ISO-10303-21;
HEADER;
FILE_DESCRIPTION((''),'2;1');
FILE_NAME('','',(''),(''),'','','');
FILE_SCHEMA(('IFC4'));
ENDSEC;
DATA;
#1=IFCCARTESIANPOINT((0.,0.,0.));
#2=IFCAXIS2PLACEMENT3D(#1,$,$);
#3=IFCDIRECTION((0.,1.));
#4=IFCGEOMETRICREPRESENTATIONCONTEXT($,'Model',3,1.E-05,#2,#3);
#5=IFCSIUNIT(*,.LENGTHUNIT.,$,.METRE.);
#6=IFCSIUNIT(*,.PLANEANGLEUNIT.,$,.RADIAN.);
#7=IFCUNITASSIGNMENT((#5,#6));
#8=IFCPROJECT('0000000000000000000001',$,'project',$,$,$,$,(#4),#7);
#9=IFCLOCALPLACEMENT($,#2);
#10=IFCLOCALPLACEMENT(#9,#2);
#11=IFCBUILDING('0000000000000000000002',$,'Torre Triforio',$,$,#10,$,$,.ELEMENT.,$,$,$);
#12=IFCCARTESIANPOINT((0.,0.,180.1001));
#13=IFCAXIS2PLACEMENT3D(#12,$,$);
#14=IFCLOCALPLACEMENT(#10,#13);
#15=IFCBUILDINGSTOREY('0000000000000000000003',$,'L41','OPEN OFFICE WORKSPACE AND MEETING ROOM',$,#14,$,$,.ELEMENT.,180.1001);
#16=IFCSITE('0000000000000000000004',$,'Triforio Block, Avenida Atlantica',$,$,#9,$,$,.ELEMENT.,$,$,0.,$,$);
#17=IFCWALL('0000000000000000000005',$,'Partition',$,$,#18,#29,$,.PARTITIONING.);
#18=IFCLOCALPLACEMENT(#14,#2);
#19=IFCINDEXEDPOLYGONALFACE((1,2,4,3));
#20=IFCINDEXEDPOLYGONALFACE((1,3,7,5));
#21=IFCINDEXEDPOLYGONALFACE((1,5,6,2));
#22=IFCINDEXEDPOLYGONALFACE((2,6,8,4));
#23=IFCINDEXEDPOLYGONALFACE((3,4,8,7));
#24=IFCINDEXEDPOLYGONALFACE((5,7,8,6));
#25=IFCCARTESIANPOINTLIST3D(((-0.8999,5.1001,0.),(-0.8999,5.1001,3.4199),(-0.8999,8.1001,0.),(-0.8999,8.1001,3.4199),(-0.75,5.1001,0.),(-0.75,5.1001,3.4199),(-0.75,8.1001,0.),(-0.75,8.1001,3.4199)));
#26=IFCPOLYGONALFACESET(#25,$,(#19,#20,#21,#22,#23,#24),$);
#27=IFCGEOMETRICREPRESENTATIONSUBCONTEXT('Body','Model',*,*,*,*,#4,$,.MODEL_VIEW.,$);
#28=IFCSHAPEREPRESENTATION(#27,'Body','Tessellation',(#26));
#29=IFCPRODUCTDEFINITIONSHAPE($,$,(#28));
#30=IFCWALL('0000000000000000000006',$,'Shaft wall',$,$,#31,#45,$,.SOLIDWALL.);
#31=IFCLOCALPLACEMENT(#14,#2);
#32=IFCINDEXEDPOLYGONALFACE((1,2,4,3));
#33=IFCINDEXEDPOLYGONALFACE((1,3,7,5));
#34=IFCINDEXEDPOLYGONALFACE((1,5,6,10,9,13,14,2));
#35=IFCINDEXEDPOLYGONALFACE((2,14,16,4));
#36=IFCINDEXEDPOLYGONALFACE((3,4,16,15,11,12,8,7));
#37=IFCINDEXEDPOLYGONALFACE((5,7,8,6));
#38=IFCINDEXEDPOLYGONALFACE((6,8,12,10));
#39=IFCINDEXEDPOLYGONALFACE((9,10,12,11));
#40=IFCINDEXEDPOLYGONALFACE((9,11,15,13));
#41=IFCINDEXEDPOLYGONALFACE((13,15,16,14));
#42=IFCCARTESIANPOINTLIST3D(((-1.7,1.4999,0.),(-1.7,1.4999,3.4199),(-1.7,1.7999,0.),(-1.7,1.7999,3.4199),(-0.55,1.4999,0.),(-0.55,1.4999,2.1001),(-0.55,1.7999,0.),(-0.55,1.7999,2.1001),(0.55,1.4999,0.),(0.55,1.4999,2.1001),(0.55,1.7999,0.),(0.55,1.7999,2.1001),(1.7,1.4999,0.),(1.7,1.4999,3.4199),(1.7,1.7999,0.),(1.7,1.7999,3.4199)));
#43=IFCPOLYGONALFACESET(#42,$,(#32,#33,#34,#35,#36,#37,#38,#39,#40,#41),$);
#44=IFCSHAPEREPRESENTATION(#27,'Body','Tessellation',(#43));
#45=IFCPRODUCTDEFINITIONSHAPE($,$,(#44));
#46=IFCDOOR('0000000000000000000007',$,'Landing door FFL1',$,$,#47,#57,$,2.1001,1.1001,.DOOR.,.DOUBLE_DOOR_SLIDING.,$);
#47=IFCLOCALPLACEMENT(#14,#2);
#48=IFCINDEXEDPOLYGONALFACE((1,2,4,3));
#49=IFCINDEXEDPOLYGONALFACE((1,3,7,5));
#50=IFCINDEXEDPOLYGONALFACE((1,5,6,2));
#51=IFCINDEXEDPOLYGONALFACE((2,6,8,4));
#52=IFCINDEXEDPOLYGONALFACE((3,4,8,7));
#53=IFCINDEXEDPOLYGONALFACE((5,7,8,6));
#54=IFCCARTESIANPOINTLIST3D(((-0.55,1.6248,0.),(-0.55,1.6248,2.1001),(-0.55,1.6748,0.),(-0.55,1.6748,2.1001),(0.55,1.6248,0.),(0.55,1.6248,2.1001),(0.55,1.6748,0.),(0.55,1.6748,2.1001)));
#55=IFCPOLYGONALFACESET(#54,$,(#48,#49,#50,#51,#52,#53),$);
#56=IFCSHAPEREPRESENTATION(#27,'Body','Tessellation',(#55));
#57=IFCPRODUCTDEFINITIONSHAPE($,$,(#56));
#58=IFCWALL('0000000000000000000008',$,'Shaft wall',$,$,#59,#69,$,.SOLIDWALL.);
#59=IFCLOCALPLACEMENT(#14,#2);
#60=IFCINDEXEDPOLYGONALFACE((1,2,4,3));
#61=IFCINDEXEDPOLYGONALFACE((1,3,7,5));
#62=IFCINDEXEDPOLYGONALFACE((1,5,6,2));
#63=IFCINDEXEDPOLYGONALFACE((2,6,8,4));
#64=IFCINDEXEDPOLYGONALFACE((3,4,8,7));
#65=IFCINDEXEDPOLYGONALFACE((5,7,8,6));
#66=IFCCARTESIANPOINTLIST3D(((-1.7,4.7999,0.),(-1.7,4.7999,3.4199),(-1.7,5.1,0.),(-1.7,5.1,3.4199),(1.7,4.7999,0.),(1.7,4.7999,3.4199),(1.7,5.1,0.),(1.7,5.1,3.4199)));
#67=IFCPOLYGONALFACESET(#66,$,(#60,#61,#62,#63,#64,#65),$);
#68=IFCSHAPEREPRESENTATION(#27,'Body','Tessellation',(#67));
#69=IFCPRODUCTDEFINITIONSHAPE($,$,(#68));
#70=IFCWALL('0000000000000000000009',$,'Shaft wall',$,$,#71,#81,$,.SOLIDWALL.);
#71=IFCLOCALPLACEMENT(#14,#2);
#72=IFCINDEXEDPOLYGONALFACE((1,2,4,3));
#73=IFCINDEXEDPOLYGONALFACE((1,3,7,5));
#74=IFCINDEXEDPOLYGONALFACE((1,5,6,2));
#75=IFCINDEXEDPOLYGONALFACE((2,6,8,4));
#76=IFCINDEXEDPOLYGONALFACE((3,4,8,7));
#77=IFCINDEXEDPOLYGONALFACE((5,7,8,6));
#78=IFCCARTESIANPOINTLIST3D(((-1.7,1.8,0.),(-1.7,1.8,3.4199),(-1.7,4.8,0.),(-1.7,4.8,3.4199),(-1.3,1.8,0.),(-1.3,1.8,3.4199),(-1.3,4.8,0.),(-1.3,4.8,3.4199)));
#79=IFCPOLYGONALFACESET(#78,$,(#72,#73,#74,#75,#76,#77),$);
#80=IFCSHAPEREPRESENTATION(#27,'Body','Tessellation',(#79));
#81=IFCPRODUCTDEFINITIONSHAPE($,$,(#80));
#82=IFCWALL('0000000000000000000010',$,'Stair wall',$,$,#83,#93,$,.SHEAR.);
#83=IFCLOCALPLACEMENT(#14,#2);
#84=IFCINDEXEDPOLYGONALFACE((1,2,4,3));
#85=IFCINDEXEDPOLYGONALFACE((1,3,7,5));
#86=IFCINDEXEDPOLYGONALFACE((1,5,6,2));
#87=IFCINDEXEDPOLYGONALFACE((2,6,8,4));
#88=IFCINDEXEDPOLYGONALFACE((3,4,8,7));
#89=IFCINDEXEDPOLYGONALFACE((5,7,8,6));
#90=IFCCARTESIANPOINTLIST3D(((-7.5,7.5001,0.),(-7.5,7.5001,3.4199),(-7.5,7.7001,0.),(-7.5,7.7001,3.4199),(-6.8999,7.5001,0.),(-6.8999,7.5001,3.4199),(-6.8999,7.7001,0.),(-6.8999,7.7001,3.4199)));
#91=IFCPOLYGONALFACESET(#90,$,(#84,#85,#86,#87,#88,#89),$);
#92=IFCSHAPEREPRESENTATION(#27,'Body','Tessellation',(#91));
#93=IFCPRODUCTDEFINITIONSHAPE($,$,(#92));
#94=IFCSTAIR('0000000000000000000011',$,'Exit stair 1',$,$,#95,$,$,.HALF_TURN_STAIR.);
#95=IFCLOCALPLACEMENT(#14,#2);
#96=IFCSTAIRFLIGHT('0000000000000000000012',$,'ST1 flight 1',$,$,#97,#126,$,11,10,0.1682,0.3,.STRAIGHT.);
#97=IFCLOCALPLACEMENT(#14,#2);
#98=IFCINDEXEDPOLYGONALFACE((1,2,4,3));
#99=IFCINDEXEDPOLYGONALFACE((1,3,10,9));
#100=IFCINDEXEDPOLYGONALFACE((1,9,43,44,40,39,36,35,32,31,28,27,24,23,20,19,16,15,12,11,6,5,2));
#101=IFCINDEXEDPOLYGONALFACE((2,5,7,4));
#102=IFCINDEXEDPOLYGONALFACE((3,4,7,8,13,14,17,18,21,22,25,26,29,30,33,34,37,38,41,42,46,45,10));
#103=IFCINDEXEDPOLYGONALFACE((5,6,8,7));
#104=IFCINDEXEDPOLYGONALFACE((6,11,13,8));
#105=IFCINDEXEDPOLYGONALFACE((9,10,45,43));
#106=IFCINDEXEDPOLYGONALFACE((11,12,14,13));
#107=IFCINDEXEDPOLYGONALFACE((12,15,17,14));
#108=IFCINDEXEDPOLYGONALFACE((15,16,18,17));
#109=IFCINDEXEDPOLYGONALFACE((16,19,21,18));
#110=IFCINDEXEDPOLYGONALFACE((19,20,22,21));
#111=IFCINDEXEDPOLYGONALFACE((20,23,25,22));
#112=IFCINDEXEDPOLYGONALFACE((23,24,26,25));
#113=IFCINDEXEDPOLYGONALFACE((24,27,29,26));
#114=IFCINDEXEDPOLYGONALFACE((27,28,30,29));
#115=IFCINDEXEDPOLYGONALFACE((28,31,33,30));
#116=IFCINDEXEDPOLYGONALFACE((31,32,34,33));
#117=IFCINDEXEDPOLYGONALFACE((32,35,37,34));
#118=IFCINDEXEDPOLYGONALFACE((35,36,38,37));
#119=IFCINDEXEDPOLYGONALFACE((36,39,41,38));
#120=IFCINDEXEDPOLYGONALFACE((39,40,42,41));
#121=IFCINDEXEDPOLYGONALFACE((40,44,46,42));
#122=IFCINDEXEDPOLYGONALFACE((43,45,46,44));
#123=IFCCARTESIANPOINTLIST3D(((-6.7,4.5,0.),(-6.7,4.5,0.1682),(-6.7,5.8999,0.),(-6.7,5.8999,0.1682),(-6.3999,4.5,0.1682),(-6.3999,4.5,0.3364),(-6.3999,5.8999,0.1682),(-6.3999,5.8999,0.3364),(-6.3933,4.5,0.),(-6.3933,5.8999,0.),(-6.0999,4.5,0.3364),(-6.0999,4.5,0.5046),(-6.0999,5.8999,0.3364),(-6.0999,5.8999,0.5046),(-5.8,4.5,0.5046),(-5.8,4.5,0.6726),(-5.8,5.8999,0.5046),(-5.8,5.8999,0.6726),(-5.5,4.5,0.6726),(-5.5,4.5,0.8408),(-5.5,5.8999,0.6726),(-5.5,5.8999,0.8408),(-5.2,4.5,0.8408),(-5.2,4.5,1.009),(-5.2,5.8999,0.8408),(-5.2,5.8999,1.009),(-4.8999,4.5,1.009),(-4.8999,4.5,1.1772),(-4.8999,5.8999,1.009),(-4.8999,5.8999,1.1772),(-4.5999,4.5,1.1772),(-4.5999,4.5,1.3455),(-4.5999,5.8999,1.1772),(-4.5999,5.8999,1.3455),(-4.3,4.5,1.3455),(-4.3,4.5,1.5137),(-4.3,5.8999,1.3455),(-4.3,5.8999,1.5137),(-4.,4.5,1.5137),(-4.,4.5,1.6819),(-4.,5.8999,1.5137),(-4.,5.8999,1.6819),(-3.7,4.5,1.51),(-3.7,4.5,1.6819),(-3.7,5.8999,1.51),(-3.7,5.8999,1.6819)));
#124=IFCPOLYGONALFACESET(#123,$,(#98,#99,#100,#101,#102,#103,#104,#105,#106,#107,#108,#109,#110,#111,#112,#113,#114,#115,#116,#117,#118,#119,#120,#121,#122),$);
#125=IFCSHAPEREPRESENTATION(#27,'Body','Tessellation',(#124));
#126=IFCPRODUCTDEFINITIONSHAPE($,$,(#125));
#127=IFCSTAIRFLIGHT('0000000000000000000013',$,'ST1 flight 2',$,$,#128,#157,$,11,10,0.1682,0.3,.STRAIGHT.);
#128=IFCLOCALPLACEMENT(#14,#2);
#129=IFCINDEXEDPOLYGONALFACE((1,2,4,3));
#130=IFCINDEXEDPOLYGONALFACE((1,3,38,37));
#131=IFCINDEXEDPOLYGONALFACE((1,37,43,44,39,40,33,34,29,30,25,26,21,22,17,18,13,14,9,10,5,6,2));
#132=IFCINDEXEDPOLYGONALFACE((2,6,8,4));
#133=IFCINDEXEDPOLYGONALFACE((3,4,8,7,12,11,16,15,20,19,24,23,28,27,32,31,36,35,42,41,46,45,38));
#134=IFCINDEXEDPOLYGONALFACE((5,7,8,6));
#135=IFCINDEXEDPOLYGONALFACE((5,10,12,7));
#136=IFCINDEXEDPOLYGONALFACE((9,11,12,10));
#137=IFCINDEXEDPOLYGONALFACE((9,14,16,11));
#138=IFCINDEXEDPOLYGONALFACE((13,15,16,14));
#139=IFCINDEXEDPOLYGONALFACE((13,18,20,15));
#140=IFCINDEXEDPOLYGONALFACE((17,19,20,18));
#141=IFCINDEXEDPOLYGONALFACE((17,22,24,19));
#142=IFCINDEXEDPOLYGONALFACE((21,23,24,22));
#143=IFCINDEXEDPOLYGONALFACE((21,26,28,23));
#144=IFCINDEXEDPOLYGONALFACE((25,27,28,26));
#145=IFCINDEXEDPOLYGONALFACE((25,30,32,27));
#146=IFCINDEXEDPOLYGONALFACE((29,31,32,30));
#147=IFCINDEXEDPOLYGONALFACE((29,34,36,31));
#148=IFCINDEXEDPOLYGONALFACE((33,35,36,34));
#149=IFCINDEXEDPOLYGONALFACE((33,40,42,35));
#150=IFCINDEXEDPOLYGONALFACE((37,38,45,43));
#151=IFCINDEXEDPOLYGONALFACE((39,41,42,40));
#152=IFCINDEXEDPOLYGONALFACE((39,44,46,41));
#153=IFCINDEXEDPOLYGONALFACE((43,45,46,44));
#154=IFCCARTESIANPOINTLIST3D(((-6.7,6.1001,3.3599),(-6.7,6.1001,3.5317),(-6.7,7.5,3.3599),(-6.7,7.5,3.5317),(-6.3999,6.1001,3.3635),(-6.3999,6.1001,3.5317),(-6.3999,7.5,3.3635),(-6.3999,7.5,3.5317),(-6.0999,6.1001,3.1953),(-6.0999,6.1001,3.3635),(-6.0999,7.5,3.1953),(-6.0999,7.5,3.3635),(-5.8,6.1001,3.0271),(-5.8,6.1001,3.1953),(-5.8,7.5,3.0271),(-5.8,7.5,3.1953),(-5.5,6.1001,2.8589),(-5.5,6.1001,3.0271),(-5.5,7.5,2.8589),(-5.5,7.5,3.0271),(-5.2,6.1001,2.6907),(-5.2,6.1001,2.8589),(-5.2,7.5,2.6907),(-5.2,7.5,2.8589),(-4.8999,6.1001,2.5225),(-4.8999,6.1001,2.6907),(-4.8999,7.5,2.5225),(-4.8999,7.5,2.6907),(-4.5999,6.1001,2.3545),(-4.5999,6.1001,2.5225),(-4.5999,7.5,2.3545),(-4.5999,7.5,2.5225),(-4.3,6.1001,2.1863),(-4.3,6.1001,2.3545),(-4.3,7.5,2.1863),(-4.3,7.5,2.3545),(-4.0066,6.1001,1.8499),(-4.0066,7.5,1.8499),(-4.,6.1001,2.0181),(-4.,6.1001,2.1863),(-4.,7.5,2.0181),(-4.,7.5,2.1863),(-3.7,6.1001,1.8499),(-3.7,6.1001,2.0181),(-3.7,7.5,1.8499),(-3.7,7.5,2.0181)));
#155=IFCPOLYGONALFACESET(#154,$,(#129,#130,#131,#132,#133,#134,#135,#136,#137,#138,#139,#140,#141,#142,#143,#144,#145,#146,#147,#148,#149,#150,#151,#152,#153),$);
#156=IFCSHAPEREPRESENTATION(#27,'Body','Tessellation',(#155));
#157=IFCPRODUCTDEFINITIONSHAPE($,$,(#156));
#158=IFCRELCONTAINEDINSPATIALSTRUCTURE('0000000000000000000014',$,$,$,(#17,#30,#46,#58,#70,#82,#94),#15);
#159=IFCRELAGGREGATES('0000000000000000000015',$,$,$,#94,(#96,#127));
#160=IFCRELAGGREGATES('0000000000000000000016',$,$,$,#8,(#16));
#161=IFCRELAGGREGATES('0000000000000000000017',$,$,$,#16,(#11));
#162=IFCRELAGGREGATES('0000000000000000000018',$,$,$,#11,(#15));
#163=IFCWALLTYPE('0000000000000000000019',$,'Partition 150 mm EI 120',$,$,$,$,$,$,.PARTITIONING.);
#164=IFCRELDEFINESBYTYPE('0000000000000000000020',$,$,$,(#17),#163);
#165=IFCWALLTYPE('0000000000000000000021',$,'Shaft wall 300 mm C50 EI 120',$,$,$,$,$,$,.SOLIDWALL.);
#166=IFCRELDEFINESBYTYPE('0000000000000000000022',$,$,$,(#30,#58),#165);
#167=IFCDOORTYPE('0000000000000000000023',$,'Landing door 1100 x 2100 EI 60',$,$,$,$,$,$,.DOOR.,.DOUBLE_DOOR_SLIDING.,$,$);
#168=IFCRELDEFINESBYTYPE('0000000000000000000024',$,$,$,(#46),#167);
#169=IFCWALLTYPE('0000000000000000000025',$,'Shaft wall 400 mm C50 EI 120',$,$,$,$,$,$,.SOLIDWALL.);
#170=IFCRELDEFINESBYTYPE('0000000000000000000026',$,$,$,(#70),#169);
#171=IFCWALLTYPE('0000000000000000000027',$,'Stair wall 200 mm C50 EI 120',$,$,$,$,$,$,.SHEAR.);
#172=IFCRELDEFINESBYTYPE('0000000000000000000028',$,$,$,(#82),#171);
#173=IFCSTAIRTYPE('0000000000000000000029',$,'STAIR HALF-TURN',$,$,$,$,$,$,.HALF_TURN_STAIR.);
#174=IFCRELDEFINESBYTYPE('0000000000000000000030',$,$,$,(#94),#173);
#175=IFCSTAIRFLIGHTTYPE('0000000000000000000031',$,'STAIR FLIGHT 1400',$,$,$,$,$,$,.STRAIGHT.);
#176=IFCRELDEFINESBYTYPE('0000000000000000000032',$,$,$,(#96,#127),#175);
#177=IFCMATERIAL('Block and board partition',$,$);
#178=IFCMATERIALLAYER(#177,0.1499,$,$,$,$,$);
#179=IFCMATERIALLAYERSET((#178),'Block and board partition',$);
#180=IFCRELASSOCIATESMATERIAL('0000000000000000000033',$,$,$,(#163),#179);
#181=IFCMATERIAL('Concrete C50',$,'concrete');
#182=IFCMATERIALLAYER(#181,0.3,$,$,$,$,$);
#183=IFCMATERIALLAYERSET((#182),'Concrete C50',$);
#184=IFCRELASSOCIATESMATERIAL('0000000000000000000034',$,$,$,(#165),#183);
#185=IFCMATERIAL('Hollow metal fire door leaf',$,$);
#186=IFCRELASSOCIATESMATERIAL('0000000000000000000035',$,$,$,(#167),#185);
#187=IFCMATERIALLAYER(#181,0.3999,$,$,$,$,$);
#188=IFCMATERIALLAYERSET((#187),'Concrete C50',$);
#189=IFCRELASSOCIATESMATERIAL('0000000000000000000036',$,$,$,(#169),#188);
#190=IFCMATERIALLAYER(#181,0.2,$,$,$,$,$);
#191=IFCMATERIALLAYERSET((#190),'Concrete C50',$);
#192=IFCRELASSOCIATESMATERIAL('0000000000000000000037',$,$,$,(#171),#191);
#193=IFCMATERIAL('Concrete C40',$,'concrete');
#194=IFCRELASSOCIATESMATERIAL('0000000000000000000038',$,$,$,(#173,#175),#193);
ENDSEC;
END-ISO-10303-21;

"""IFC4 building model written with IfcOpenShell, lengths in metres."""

from ifc_helpers import new_model, si_unit, direction, frame, frame_2d, origin, place, context, subcontext, project, spatial, polyline, rectangle, outline, extrude, material, layer, layer_set, type_object, element, fill, aggregate, save


model = new_model("IFC4")

# Units and contexts
model_context = context("Model", 3, precision=1e-05, world=origin(), true_north=direction((0.0, 1.0)))
body_context = subcontext(model_context, "Body", "Model", "MODEL_VIEW")
ifc_project = project(units=[si_unit("LENGTHUNIT", "METRE"), si_unit("PLANEANGLEUNIT", "RADIAN")], contexts=[model_context])

# Site, building, storey
site_placement = place(None, origin())
site = spatial("IfcSite", under=ifc_project, at=site_placement, Name="Triforio Block, Avenida Atlantica", CompositionType="ELEMENT", RefElevation=0.0)
building_placement = place(site_placement, origin())
building = spatial("IfcBuilding", under=site, at=building_placement, Name="Torre Triforio", CompositionType="ELEMENT")
storey_placement = place(building_placement, frame((0.0, 0.0, 180.1001)))
storey = spatial("IfcBuildingStorey", under=building, at=storey_placement, Name="L41", Description="OPEN OFFICE WORKSPACE AND MEETING ROOM", CompositionType="ELEMENT", Elevation=180.1001)

# Shared definitions
ifc_material_1 = material(Name="Concrete C40", Category="concrete")

# Wall
ifc_material_2 = material(Name="Concrete C50", Category="concrete")
ifc_material_3 = material(Name="Block and board partition")
ifc_layer_1 = layer(ifc_material_3, 0.1499)
ifc_layer_set_1 = layer_set([ifc_layer_1], Name="Block and board partition")
wall_type_1 = type_object("IfcWallType", Name="Partition 150 mm EI 120", PredefinedType="PARTITIONING", material=ifc_layer_set_1)
wall_1_placement = place(storey_placement, frame((-0.825, 5.1001, 0.0), z_axis=(0.0, 0.0, 1.0), x_axis=(0.0, 1.0, 0.0)))
element("IfcWall", 1, at=wall_1_placement, inside=storey, type_object=wall_type_1, Name="Partition", PredefinedType="PARTITIONING", context=body_context, shape_type="SweptSolid", body=[
    extrude(rectangle(XDim=3.0, YDim=0.1499, at=frame_2d((1.5, 0.0))), origin(), (0.0, 0.0, 1.0), 3.4199),
])

# Wall, opening, door
ifc_layer_2 = layer(ifc_material_2, 0.3)
ifc_layer_set_2 = layer_set([ifc_layer_2], Name="Concrete C50")
wall_type_2 = type_object("IfcWallType", Name="Shaft wall 300 mm C50 EI 120", PredefinedType="SOLIDWALL", material=ifc_layer_set_2)
wall_2_placement = place(storey_placement, frame((-1.7, 1.6499, 0.0), z_axis=(0.0, 0.0, 1.0), x_axis=(1.0, 0.0, 0.0)))
wall_2 = element("IfcWall", 2, at=wall_2_placement, inside=storey, type_object=wall_type_2, Name="Shaft wall", PredefinedType="SOLIDWALL", context=body_context, shape_type="SweptSolid", body=[
    extrude(rectangle(XDim=3.3999, YDim=0.3, at=frame_2d((1.7, 0.0))), origin(), (0.0, 0.0, 1.0), 3.4199),
])
opening_placement = place(wall_2_placement, frame((1.1499, 0.0, 0.0)))
opening = element("IfcOpeningElement", 3, at=opening_placement, cuts=wall_2, PredefinedType="OPENING", context=body_context, shape_type="SweptSolid", body=[
    extrude(rectangle(XDim=1.1001, YDim=2.1001, at=frame_2d((0.55, 1.05))), frame((0.0, 0.1599, 0.0), z_axis=(0.0, -1.0, 0.0), x_axis=(1.0, 0.0, 0.0)), (0.0, 0.0, 1.0), 0.3201),
])
ifc_material_4 = material(Name="Hollow metal fire door leaf")
door_type = type_object("IfcDoorType", Name="Landing door 1100 x 2100 EI 60", OperationType="DOUBLE_DOOR_SLIDING", PredefinedType="DOOR", material=ifc_material_4)
door_placement = place(opening_placement, origin())
door = element("IfcDoor", 4, at=door_placement, inside=storey, type_object=door_type, Name="Landing door FFL1", OperationType="DOUBLE_DOOR_SLIDING", OverallHeight=2.1001, OverallWidth=1.1001, PredefinedType="DOOR", context=body_context, shape_type="SweptSolid", body=[
    extrude(rectangle(XDim=1.1001, YDim=2.1001, at=frame_2d((0.55, 1.05))), frame((0.0, 0.0249, 0.0), z_axis=(0.0, -1.0, 0.0), x_axis=(1.0, 0.0, 0.0)), (0.0, 0.0, 1.0), 0.05),
])
fill(opening, door)

# Walls
wall_3_placement = place(storey_placement, frame((-1.7, 4.95, 0.0), z_axis=(0.0, 0.0, 1.0), x_axis=(1.0, 0.0, 0.0)))
element("IfcWall", 5, at=wall_3_placement, inside=storey, type_object=wall_type_2, Name="Shaft wall", PredefinedType="SOLIDWALL", context=body_context, shape_type="SweptSolid", body=[
    extrude(rectangle(XDim=3.3999, YDim=0.3, at=frame_2d((1.7, 0.0))), origin(), (0.0, 0.0, 1.0), 3.4199),
])
ifc_layer_3 = layer(ifc_material_2, 0.3999)
ifc_layer_set_3 = layer_set([ifc_layer_3], Name="Concrete C50")
wall_type_3 = type_object("IfcWallType", Name="Shaft wall 400 mm C50 EI 120", PredefinedType="SOLIDWALL", material=ifc_layer_set_3)
wall_4_placement = place(storey_placement, frame((-1.5, 1.8, 0.0), z_axis=(0.0, 0.0, 1.0), x_axis=(0.0, 1.0, 0.0)))
element("IfcWall", 6, at=wall_4_placement, inside=storey, type_object=wall_type_3, Name="Shaft wall", PredefinedType="SOLIDWALL", context=body_context, shape_type="SweptSolid", body=[
    extrude(rectangle(XDim=3.0, YDim=0.3999, at=frame_2d((1.5, 0.0))), origin(), (0.0, 0.0, 1.0), 3.4199),
])
ifc_layer_4 = layer(ifc_material_2, 0.2)
ifc_layer_set_4 = layer_set([ifc_layer_4], Name="Concrete C50")
wall_type_4 = type_object("IfcWallType", Name="Stair wall 200 mm C50 EI 120", PredefinedType="SHEAR", material=ifc_layer_set_4)
wall_5_placement = place(storey_placement, frame((-7.5, 7.6001, 0.0), z_axis=(0.0, 0.0, 1.0), x_axis=(1.0, 0.0, 0.0)))
element("IfcWall", 7, at=wall_5_placement, inside=storey, type_object=wall_type_4, Name="Stair wall", PredefinedType="SHEAR", context=body_context, shape_type="SweptSolid", body=[
    extrude(rectangle(XDim=0.6001, YDim=0.2, at=frame_2d((0.3, 0.0))), origin(), (0.0, 0.0, 1.0), 3.4199),
])

# Stair, stair flights
stair_type = type_object("IfcStairType", Name="STAIR HALF-TURN", PredefinedType="HALF_TURN_STAIR", material=ifc_material_1)
stair_placement = place(storey_placement, origin())
stair = element("IfcStair", 8, at=stair_placement, inside=storey, type_object=stair_type, Name="Exit stair 1", PredefinedType="HALF_TURN_STAIR")
stair_flight_type = type_object("IfcStairFlightType", Name="STAIR FLIGHT 1400", PredefinedType="STRAIGHT", material=ifc_material_1)
stair_flight_1_placement = place(storey_placement, frame((-6.7, 5.2, 0.0), z_axis=(0.0, 0.0, 1.0), x_axis=(1.0, 0.0, 0.0)))
stair_flight_1 = element("IfcStairFlight", 9, at=stair_flight_1_placement, type_object=stair_flight_type, Name="ST1 flight 1", NumberOfRisers=11, NumberOfTreads=10, PredefinedType="STRAIGHT", RiserHeight=0.1682, TreadLength=0.3, context=body_context, shape_type="SweptSolid", body=[
    extrude(outline(polyline([(0.0, 0.0), (0.0, 0.1682), (0.3, 0.1682), (0.3, 0.3364), (0.6001, 0.3364), (0.6001, 0.5046), (0.8999, 0.5046), (0.8999, 0.6726), (1.2, 0.6726), (1.2, 0.8408), (1.5, 0.8408), (1.5, 1.009), (1.8, 1.009), (1.8, 1.1772), (2.1001, 1.1772), (2.1001, 1.3455), (2.3999, 1.3455), (2.3999, 1.5137), (2.7, 1.5137), (2.7, 1.6819), (3.0, 1.6819), (3.0, 1.8501), (3.0, 1.51), (0.3066, 0.0), (0.0, 0.0)])), frame((0.0, 0.7, 0.0), z_axis=(0.0, -1.0, 0.0), x_axis=(1.0, 0.0, 0.0)), (0.0, 0.0, 1.0), 1.3999),
])
stair_flight_2_placement = place(storey_placement, frame((-3.7, 6.8, 1.8499), z_axis=(0.0, 0.0, 1.0), x_axis=(-1.0, 0.0, 0.0)))
stair_flight_2 = element("IfcStairFlight", 10, at=stair_flight_2_placement, type_object=stair_flight_type, Name="ST1 flight 2", NumberOfRisers=11, NumberOfTreads=10, PredefinedType="STRAIGHT", RiserHeight=0.1682, TreadLength=0.3, context=body_context, shape_type="SweptSolid", body=[
    extrude(outline(polyline([(0.0, 0.0), (0.0, 0.1682), (0.3, 0.1682), (0.3, 0.3364), (0.6001, 0.3364), (0.6001, 0.5046), (0.8999, 0.5046), (0.8999, 0.6726), (1.2, 0.6726), (1.2, 0.8408), (1.5, 0.8408), (1.5, 1.009), (1.8, 1.009), (1.8, 1.1772), (2.1001, 1.1772), (2.1001, 1.3455), (2.3999, 1.3455), (2.3999, 1.5137), (2.7, 1.5137), (2.7, 1.6819), (3.0, 1.6819), (3.0, 1.8501), (3.0, 1.51), (0.3066, 0.0), (0.0, 0.0)])), frame((0.0, 0.7, 0.0), z_axis=(0.0, -1.0, 0.0), x_axis=(1.0, 0.0, 0.0)), (0.0, 0.0, 1.0), 1.3999),
])
aggregate(stair, [stair_flight_1, stair_flight_2])

save(model, "model.ifc")
